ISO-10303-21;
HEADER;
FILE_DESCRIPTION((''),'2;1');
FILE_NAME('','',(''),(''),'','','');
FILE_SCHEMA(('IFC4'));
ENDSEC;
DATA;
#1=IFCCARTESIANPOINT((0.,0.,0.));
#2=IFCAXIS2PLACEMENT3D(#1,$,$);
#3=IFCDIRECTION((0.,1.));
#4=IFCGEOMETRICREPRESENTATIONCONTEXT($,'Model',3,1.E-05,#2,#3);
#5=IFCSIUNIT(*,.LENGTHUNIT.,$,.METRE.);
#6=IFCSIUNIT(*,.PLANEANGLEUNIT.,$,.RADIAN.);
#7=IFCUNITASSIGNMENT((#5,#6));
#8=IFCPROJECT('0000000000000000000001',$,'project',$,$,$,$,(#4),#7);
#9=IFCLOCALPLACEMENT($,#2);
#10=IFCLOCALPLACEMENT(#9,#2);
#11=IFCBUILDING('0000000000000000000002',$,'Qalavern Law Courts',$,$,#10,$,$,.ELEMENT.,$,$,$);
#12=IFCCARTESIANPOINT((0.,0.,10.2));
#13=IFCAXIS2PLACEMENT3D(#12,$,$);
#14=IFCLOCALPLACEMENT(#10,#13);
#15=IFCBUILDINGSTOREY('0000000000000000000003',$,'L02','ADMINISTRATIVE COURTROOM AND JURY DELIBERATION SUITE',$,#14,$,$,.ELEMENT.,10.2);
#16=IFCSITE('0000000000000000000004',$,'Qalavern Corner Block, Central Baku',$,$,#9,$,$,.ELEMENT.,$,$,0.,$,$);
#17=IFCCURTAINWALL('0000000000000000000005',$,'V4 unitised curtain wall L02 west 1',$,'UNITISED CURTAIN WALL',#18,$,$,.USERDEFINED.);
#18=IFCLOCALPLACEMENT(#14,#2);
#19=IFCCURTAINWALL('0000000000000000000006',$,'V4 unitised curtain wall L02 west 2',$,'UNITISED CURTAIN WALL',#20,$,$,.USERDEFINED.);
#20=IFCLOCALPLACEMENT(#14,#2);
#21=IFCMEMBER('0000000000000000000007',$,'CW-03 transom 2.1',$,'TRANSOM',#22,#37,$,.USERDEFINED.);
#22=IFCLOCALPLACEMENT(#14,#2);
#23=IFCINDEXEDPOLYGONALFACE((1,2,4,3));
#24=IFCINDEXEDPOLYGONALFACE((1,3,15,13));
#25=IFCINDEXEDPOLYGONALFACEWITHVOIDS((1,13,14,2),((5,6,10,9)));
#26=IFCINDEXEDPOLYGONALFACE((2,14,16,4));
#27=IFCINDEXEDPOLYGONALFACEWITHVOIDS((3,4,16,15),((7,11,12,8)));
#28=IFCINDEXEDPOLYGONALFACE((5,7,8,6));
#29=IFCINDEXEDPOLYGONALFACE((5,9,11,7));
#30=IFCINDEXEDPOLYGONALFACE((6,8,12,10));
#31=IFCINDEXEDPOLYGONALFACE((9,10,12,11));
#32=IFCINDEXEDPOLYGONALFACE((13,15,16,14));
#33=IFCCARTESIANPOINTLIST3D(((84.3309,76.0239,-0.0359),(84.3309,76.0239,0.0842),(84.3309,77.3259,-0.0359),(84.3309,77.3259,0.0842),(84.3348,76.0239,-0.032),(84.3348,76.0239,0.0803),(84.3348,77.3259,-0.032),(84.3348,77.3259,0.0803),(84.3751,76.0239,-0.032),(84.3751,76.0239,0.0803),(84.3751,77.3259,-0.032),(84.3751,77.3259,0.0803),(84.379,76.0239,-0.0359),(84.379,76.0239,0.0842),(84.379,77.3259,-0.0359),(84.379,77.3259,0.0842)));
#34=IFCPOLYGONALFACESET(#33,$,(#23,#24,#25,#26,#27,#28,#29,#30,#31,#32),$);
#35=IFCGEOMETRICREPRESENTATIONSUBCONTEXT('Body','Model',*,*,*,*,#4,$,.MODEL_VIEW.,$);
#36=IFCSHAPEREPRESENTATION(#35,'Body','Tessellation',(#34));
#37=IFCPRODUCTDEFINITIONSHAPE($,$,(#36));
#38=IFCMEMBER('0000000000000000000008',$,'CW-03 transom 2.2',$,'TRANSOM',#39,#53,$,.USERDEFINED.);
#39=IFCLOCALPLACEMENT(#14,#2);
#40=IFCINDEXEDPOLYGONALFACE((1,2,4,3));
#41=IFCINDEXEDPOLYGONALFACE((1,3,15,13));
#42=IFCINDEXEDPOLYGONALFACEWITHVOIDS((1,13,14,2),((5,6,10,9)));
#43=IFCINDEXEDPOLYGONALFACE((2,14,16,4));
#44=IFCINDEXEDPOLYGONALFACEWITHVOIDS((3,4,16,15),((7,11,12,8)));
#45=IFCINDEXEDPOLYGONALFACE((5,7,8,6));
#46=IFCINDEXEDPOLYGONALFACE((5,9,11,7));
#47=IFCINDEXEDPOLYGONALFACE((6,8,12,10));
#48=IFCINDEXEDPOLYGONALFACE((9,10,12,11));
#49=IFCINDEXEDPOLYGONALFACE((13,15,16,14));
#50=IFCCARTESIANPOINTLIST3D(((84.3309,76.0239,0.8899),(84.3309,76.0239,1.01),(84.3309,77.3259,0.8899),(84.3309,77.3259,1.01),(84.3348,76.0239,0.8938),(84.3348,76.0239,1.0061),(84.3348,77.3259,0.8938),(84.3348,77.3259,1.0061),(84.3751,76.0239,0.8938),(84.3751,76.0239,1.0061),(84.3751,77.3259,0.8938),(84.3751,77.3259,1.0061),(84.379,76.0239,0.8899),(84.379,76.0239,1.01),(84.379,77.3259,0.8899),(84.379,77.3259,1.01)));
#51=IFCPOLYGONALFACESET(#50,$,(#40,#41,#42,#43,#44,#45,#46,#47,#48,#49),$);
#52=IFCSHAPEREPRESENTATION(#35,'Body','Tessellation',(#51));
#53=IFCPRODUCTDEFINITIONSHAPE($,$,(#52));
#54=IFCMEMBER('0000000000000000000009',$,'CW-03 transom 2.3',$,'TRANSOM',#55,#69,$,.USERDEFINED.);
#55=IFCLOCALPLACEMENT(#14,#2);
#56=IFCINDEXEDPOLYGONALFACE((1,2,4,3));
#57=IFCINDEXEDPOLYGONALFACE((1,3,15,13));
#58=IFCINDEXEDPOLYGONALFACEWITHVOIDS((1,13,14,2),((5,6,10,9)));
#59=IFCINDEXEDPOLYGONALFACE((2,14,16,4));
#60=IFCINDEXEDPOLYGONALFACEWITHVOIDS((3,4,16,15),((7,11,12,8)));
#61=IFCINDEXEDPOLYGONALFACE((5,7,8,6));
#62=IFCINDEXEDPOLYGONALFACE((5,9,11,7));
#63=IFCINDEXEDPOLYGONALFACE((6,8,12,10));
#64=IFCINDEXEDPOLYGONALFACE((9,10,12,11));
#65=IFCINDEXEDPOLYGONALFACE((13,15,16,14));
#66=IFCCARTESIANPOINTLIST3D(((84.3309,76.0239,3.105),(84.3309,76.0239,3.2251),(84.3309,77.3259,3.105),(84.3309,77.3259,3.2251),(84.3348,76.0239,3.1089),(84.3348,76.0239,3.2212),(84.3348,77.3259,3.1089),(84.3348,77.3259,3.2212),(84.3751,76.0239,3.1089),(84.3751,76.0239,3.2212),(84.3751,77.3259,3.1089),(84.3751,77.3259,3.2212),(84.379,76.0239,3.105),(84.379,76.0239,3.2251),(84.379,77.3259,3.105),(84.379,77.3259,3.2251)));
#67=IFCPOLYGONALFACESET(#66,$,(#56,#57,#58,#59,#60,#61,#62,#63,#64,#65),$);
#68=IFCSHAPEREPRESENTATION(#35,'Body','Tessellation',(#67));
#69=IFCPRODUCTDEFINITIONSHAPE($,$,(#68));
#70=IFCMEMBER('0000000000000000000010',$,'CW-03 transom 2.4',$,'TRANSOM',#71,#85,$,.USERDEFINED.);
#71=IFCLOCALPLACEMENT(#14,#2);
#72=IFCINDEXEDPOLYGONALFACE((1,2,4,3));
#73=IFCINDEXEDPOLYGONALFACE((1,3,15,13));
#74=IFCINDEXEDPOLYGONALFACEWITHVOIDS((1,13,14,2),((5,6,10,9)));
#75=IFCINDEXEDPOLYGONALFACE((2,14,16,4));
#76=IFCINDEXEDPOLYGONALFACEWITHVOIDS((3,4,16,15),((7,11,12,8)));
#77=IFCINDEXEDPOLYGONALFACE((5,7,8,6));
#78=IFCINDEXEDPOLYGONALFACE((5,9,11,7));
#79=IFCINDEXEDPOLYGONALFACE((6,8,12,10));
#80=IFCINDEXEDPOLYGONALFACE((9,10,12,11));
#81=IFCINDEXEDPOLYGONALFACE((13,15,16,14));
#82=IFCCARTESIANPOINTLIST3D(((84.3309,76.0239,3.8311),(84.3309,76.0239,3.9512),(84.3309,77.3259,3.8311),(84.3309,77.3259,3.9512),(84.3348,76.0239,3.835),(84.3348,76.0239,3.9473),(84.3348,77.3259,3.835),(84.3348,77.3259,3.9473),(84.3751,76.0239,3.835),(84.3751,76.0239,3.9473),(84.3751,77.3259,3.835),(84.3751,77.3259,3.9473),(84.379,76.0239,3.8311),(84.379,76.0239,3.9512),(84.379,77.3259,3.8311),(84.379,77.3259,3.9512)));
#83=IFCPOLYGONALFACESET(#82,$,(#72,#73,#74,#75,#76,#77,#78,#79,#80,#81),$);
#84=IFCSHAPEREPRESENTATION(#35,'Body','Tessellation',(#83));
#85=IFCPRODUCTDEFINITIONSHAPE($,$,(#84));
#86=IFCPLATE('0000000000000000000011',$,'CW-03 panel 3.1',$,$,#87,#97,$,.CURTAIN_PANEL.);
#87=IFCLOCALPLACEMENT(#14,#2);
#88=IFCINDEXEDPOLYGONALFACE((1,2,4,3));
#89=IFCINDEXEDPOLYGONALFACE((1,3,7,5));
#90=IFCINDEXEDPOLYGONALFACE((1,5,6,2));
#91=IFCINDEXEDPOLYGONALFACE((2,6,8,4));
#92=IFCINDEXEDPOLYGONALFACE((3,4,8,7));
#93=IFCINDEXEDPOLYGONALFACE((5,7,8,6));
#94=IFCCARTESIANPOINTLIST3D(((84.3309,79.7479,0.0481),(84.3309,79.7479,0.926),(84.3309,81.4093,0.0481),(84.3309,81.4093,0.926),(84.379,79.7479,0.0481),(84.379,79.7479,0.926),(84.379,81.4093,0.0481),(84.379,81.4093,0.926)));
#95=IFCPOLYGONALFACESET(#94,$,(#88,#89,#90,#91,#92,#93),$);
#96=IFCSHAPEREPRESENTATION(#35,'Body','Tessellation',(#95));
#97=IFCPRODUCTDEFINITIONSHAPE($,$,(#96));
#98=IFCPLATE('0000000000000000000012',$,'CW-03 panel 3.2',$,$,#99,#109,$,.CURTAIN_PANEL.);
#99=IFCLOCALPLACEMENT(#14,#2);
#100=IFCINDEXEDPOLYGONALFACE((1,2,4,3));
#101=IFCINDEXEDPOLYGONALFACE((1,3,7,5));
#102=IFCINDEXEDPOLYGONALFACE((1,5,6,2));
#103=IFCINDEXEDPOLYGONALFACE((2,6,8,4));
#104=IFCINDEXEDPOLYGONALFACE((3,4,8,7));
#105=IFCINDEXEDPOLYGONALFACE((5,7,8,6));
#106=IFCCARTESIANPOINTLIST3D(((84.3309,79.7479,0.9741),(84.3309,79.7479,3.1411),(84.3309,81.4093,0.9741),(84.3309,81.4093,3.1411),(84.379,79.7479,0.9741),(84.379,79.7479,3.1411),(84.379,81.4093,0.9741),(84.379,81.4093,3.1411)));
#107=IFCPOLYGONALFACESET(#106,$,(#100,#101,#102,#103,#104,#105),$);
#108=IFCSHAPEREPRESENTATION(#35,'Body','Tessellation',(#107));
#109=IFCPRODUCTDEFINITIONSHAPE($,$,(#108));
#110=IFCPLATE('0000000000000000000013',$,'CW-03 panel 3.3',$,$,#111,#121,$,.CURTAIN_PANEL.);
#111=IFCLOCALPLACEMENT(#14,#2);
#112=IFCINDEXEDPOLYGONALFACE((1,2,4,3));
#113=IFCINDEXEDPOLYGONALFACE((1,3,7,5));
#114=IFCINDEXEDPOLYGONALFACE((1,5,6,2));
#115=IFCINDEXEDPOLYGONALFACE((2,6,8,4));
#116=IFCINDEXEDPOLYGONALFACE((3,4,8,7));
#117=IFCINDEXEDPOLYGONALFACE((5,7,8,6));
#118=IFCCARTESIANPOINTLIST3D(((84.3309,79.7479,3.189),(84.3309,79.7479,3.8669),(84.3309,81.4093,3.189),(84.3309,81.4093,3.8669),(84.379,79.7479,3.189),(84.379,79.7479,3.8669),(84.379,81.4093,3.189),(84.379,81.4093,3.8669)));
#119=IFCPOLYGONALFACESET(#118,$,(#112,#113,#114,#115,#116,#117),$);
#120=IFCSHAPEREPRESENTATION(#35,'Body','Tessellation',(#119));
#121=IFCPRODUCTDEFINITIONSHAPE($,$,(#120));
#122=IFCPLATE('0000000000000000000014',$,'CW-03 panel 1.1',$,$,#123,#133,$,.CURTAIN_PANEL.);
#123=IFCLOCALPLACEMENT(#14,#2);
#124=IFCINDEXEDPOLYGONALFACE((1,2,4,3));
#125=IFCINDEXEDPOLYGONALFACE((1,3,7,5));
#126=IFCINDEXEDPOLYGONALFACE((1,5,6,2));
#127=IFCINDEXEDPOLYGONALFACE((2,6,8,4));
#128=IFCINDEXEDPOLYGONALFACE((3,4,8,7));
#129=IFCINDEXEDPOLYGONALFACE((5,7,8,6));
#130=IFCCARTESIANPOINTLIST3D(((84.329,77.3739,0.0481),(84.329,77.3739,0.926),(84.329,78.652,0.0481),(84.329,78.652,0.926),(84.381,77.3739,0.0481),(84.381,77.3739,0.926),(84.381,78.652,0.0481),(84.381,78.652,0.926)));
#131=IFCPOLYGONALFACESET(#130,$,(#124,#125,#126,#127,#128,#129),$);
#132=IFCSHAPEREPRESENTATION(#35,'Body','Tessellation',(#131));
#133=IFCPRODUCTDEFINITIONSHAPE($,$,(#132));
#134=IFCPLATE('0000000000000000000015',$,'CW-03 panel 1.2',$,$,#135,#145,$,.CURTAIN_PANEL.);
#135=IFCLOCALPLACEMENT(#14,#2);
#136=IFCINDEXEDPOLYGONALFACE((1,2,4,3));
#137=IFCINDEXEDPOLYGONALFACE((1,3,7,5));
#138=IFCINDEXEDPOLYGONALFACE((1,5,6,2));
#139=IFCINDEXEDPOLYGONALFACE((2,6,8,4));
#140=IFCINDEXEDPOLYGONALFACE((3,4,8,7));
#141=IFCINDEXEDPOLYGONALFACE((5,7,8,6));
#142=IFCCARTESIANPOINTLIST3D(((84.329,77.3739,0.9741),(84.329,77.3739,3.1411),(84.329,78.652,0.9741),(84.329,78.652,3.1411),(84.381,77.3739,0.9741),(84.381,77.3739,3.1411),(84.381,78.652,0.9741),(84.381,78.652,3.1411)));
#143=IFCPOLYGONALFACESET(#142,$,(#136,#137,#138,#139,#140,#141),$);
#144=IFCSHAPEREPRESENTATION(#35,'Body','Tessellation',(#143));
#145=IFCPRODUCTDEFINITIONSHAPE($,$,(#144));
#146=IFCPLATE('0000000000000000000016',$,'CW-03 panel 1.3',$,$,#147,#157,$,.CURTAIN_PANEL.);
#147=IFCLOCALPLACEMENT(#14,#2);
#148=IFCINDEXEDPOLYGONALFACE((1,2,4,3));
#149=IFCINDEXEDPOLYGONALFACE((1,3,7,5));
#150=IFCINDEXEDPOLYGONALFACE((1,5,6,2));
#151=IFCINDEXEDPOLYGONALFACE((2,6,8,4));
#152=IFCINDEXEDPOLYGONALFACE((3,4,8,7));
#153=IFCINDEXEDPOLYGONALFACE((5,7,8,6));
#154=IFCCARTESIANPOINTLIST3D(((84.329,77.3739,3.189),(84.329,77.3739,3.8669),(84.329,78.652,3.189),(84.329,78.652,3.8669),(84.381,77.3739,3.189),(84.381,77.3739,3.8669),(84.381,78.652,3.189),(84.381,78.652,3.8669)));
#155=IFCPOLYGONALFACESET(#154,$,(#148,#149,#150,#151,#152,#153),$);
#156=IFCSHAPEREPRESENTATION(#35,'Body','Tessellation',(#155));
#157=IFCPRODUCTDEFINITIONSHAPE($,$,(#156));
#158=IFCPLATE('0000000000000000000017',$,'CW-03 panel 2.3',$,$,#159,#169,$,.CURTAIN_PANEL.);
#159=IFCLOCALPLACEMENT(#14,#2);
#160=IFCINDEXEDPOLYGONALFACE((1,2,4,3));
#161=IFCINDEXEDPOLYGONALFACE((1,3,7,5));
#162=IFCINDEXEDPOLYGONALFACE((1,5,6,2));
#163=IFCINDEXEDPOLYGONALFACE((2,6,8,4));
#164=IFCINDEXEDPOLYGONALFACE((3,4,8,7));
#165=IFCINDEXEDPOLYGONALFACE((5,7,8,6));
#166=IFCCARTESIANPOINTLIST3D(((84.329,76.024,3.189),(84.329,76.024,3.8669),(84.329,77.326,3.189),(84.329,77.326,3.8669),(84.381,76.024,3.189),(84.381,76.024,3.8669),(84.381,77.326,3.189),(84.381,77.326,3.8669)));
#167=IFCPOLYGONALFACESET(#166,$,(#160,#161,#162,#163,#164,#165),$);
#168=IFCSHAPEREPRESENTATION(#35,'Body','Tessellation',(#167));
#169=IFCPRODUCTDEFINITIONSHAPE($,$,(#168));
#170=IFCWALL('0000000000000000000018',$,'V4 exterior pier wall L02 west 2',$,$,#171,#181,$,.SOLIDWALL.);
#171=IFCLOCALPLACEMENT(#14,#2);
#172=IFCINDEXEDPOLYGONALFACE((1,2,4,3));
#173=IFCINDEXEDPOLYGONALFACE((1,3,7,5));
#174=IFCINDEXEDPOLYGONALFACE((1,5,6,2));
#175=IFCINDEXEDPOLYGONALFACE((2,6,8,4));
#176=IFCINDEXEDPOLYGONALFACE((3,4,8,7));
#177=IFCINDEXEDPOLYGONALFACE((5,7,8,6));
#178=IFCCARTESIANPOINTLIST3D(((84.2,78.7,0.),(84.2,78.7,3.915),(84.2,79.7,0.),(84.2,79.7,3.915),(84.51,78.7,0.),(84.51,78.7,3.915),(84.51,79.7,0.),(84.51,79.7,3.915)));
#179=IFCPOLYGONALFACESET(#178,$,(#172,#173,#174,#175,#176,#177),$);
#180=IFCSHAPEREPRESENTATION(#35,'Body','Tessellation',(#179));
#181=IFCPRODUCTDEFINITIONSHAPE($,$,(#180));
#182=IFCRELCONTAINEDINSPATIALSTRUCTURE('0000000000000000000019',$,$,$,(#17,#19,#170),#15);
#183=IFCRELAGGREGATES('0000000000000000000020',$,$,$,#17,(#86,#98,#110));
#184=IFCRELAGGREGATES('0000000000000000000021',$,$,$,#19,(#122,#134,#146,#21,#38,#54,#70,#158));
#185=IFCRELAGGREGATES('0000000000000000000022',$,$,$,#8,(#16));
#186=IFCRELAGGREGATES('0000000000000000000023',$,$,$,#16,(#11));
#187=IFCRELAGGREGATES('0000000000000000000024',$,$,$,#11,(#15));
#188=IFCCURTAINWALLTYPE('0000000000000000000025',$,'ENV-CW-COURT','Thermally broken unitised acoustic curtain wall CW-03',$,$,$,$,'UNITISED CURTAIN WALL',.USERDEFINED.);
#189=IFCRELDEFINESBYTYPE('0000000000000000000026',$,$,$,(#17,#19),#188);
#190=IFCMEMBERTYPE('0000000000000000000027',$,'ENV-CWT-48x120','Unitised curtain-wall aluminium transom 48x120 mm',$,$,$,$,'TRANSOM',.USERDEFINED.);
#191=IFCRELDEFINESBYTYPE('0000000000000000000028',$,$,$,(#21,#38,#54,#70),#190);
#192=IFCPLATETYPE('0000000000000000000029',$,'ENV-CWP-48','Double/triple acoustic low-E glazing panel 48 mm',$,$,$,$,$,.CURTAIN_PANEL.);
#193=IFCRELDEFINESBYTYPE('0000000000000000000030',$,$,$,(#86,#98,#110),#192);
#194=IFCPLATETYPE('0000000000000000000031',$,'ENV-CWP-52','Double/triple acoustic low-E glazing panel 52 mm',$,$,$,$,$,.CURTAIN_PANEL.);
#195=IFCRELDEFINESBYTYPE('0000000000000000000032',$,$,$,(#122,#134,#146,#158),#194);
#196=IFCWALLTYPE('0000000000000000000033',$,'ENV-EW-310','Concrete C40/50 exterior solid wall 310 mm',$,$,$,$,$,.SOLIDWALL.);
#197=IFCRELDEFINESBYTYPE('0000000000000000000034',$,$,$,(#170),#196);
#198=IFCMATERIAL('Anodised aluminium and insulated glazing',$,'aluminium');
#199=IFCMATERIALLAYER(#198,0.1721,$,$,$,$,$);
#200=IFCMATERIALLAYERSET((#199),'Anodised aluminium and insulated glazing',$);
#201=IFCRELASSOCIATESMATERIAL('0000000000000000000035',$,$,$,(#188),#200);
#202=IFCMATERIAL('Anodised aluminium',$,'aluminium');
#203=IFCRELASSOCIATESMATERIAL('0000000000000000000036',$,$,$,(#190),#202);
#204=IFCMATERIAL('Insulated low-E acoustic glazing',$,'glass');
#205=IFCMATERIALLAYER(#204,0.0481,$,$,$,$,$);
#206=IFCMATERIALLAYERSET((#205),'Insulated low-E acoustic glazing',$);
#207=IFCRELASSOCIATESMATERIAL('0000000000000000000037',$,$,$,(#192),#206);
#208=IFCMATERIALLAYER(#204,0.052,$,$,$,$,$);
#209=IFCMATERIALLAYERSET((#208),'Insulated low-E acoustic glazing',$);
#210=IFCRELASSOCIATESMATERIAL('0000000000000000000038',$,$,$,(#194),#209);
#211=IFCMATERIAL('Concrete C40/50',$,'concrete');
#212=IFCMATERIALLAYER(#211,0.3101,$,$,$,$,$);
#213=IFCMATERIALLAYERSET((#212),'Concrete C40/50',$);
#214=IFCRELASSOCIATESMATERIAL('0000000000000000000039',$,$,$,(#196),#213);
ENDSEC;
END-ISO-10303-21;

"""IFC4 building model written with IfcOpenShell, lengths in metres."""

from ifc_helpers import new_model, si_unit, direction, frame, frame_2d, origin, origin_2d, place, context, subcontext, project, spatial, rectangle, hollow_rectangle, extrude, material, layer, layer_set, material_profile, profile_set, type_object, element, aggregate, save


model = new_model("IFC4")

# Units and contexts
model_context = context("Model", 3, precision=1e-05, world=origin(), true_north=direction((0.0, 1.0)))
body_context = subcontext(model_context, "Body", "Model", "MODEL_VIEW")
ifc_project = project(units=[si_unit("LENGTHUNIT", "METRE"), si_unit("PLANEANGLEUNIT", "RADIAN")], contexts=[model_context])

# Site, building, storey
site_placement = place(None, origin())
site = spatial("IfcSite", under=ifc_project, at=site_placement, Name="Qalavern Corner Block, Central Baku", CompositionType="ELEMENT", RefElevation=0.0)
building_placement = place(site_placement, origin())
building = spatial("IfcBuilding", under=site, at=building_placement, Name="Qalavern Law Courts", CompositionType="ELEMENT")
storey_placement = place(building_placement, frame((0.0, 0.0, 10.2)))
storey = spatial("IfcBuildingStorey", under=building, at=storey_placement, Name="L02", Description="ADMINISTRATIVE COURTROOM AND JURY DELIBERATION SUITE", CompositionType="ELEMENT", Elevation=10.2)

# Curtain wall
ifc_material_1 = material(Name="Anodised aluminium and insulated glazing", Category="aluminium")
ifc_layer_1 = layer(ifc_material_1, 0.1721)
ifc_layer_set_1 = layer_set([ifc_layer_1], Name="Anodised aluminium and insulated glazing")
curtain_wall_type = type_object("IfcCurtainWallType", Name="ENV-CW-COURT", Description="Thermally broken unitised acoustic curtain wall CW-03", ElementType="UNITISED CURTAIN WALL", PredefinedType="USERDEFINED", material=ifc_layer_set_1)
curtain_wall_1_placement = place(storey_placement, origin())
curtain_wall_1 = element("IfcCurtainWall", 1, at=curtain_wall_1_placement, inside=storey, type_object=curtain_wall_type, Name="V4 unitised curtain wall L02 west 1", ObjectType="UNITISED CURTAIN WALL", PredefinedType="USERDEFINED")
ifc_material_2 = material(Name="Anodised aluminium", Category="aluminium")

# Curtain wall
curtain_wall_2_placement = place(storey_placement, origin())
curtain_wall_2 = element("IfcCurtainWall", 2, at=curtain_wall_2_placement, inside=storey, type_object=curtain_wall_type, Name="V4 unitised curtain wall L02 west 2", ObjectType="UNITISED CURTAIN WALL", PredefinedType="USERDEFINED")

# Members
ifc_material_profile_1 = material_profile(ifc_material_2, hollow_rectangle(XDim=0.0481, YDim=0.1201, WallThickness=0.0039, at=origin_2d()), Name="ALU TRANSOM 48x120")
ifc_profile_set_1 = profile_set([ifc_material_profile_1], Name="Anodised aluminium")
member_type_1 = type_object("IfcMemberType", Name="ENV-CWT-48x120", Description="Unitised curtain-wall aluminium transom 48x120 mm", ElementType="TRANSOM", PredefinedType="USERDEFINED", material=ifc_profile_set_1)
member_1_placement = place(storey_placement, frame((84.355, 77.3259, 0.0242), z_axis=(0.0, -1.0, 0.0), x_axis=(1.0, 0.0, 0.0)))
member_1 = element("IfcMember", 3, at=member_1_placement, type_object=member_type_1, Name="CW-03 transom 2.1", ObjectType="TRANSOM", PredefinedType="USERDEFINED", context=body_context, shape_type="SweptSolid", body=[
    extrude(hollow_rectangle(XDim=0.0481, YDim=0.1201, WallThickness=0.0039, at=origin_2d()), origin(), (0.0, 0.0, 1.0), 1.302),
])
member_2_placement = place(storey_placement, frame((84.355, 77.3259, 0.95), z_axis=(0.0, -1.0, 0.0), x_axis=(1.0, 0.0, 0.0)))
member_2 = element("IfcMember", 4, at=member_2_placement, type_object=member_type_1, Name="CW-03 transom 2.2", ObjectType="TRANSOM", PredefinedType="USERDEFINED", context=body_context, shape_type="SweptSolid", body=[
    extrude(hollow_rectangle(XDim=0.0481, YDim=0.1201, WallThickness=0.0039, at=origin_2d()), origin(), (0.0, 0.0, 1.0), 1.302),
])
member_3_placement = place(storey_placement, frame((84.355, 77.3259, 3.165), z_axis=(0.0, -1.0, 0.0), x_axis=(1.0, 0.0, 0.0)))
member_3 = element("IfcMember", 5, at=member_3_placement, type_object=member_type_1, Name="CW-03 transom 2.3", ObjectType="TRANSOM", PredefinedType="USERDEFINED", context=body_context, shape_type="SweptSolid", body=[
    extrude(hollow_rectangle(XDim=0.0481, YDim=0.1201, WallThickness=0.0039, at=origin_2d()), origin(), (0.0, 0.0, 1.0), 1.302),
])
member_4_placement = place(storey_placement, frame((84.355, 77.3259, 3.8911), z_axis=(0.0, -1.0, 0.0), x_axis=(1.0, 0.0, 0.0)))
member_4 = element("IfcMember", 6, at=member_4_placement, type_object=member_type_1, Name="CW-03 transom 2.4", ObjectType="TRANSOM", PredefinedType="USERDEFINED", context=body_context, shape_type="SweptSolid", body=[
    extrude(hollow_rectangle(XDim=0.0481, YDim=0.1201, WallThickness=0.0039, at=origin_2d()), origin(), (0.0, 0.0, 1.0), 1.302),
])

# Plates
ifc_material_3 = material(Name="Insulated low-E acoustic glazing", Category="glass")
ifc_layer_2 = layer(ifc_material_3, 0.0481)
ifc_layer_set_2 = layer_set([ifc_layer_2], Name="Insulated low-E acoustic glazing")
plate_type_1 = type_object("IfcPlateType", Name="ENV-CWP-48", Description="Double/triple acoustic low-E glazing panel 48 mm", PredefinedType="CURTAIN_PANEL", material=ifc_layer_set_2)
plate_1_placement = place(storey_placement, frame((84.355, 80.5786, 0.0481), z_axis=(0.0, 0.0, 1.0), x_axis=(0.0, -1.0, 0.0)))
plate_1 = element("IfcPlate", 7, at=plate_1_placement, type_object=plate_type_1, Name="CW-03 panel 3.1", PredefinedType="CURTAIN_PANEL", context=body_context, shape_type="SweptSolid", body=[
    extrude(rectangle(XDim=1.6614, YDim=0.0481, at=origin_2d()), origin(), (0.0, 0.0, 1.0), 0.8779),
])
plate_2_placement = place(storey_placement, frame((84.355, 80.5786, 0.9741), z_axis=(0.0, 0.0, 1.0), x_axis=(0.0, -1.0, 0.0)))
plate_2 = element("IfcPlate", 8, at=plate_2_placement, type_object=plate_type_1, Name="CW-03 panel 3.2", PredefinedType="CURTAIN_PANEL", context=body_context, shape_type="SweptSolid", body=[
    extrude(rectangle(XDim=1.6614, YDim=0.0481, at=origin_2d()), origin(), (0.0, 0.0, 1.0), 2.167),
])
plate_3_placement = place(storey_placement, frame((84.355, 80.5786, 3.189), z_axis=(0.0, 0.0, 1.0), x_axis=(0.0, -1.0, 0.0)))
plate_3 = element("IfcPlate", 9, at=plate_3_placement, type_object=plate_type_1, Name="CW-03 panel 3.3", PredefinedType="CURTAIN_PANEL", context=body_context, shape_type="SweptSolid", body=[
    extrude(rectangle(XDim=1.6614, YDim=0.0481, at=origin_2d()), origin(), (0.0, 0.0, 1.0), 0.678),
])
aggregate(curtain_wall_1, [plate_1, plate_2, plate_3])
ifc_layer_3 = layer(ifc_material_3, 0.052)
ifc_layer_set_3 = layer_set([ifc_layer_3], Name="Insulated low-E acoustic glazing")
plate_type_2 = type_object("IfcPlateType", Name="ENV-CWP-52", Description="Double/triple acoustic low-E glazing panel 52 mm", PredefinedType="CURTAIN_PANEL", material=ifc_layer_set_3)
plate_4_placement = place(storey_placement, frame((84.355, 78.0129, 0.0481), z_axis=(0.0, 0.0, 1.0), x_axis=(0.0, -1.0, 0.0)))
plate_4 = element("IfcPlate", 10, at=plate_4_placement, type_object=plate_type_2, Name="CW-03 panel 1.1", PredefinedType="CURTAIN_PANEL", context=body_context, shape_type="SweptSolid", body=[
    extrude(rectangle(XDim=1.2781, YDim=0.052, at=origin_2d()), origin(), (0.0, 0.0, 1.0), 0.8779),
])
plate_5_placement = place(storey_placement, frame((84.355, 78.0129, 0.9741), z_axis=(0.0, 0.0, 1.0), x_axis=(0.0, -1.0, 0.0)))
plate_5 = element("IfcPlate", 11, at=plate_5_placement, type_object=plate_type_2, Name="CW-03 panel 1.2", PredefinedType="CURTAIN_PANEL", context=body_context, shape_type="SweptSolid", body=[
    extrude(rectangle(XDim=1.2781, YDim=0.052, at=origin_2d()), origin(), (0.0, 0.0, 1.0), 2.167),
])
plate_6_placement = place(storey_placement, frame((84.355, 78.0129, 3.189), z_axis=(0.0, 0.0, 1.0), x_axis=(0.0, -1.0, 0.0)))
plate_6 = element("IfcPlate", 12, at=plate_6_placement, type_object=plate_type_2, Name="CW-03 panel 1.3", PredefinedType="CURTAIN_PANEL", context=body_context, shape_type="SweptSolid", body=[
    extrude(rectangle(XDim=1.2781, YDim=0.052, at=origin_2d()), origin(), (0.0, 0.0, 1.0), 0.678),
])
plate_7_placement = place(storey_placement, frame((84.355, 76.675, 3.189), z_axis=(0.0, 0.0, 1.0), x_axis=(0.0, -1.0, 0.0)))
plate_7 = element("IfcPlate", 13, at=plate_7_placement, type_object=plate_type_2, Name="CW-03 panel 2.3", PredefinedType="CURTAIN_PANEL", context=body_context, shape_type="SweptSolid", body=[
    extrude(rectangle(XDim=1.302, YDim=0.052, at=origin_2d()), origin(), (0.0, 0.0, 1.0), 0.678),
])
aggregate(curtain_wall_2, [plate_4, plate_5, plate_6, member_1, member_2, member_3, member_4, plate_7])

# Wall
ifc_material_4 = material(Name="Concrete C40/50", Category="concrete")
ifc_layer_4 = layer(ifc_material_4, 0.3101)
ifc_layer_set_4 = layer_set([ifc_layer_4], Name="Concrete C40/50")
wall_type = type_object("IfcWallType", Name="ENV-EW-310", Description="Concrete C40/50 exterior solid wall 310 mm", PredefinedType="SOLIDWALL", material=ifc_layer_set_4)
wall_placement = place(storey_placement, frame((84.355, 79.7, 0.0), z_axis=(0.0, 0.0, 1.0), x_axis=(0.0, -1.0, 0.0)))
element("IfcWall", 14, at=wall_placement, inside=storey, type_object=wall_type, Name="V4 exterior pier wall L02 west 2", PredefinedType="SOLIDWALL", context=body_context, shape_type="SweptSolid", body=[
    extrude(rectangle(XDim=1.0, YDim=0.3101, at=frame_2d((0.5, 0.0))), origin(), (0.0, 0.0, 1.0), 3.915),
])

save(model, "model.ifc")
